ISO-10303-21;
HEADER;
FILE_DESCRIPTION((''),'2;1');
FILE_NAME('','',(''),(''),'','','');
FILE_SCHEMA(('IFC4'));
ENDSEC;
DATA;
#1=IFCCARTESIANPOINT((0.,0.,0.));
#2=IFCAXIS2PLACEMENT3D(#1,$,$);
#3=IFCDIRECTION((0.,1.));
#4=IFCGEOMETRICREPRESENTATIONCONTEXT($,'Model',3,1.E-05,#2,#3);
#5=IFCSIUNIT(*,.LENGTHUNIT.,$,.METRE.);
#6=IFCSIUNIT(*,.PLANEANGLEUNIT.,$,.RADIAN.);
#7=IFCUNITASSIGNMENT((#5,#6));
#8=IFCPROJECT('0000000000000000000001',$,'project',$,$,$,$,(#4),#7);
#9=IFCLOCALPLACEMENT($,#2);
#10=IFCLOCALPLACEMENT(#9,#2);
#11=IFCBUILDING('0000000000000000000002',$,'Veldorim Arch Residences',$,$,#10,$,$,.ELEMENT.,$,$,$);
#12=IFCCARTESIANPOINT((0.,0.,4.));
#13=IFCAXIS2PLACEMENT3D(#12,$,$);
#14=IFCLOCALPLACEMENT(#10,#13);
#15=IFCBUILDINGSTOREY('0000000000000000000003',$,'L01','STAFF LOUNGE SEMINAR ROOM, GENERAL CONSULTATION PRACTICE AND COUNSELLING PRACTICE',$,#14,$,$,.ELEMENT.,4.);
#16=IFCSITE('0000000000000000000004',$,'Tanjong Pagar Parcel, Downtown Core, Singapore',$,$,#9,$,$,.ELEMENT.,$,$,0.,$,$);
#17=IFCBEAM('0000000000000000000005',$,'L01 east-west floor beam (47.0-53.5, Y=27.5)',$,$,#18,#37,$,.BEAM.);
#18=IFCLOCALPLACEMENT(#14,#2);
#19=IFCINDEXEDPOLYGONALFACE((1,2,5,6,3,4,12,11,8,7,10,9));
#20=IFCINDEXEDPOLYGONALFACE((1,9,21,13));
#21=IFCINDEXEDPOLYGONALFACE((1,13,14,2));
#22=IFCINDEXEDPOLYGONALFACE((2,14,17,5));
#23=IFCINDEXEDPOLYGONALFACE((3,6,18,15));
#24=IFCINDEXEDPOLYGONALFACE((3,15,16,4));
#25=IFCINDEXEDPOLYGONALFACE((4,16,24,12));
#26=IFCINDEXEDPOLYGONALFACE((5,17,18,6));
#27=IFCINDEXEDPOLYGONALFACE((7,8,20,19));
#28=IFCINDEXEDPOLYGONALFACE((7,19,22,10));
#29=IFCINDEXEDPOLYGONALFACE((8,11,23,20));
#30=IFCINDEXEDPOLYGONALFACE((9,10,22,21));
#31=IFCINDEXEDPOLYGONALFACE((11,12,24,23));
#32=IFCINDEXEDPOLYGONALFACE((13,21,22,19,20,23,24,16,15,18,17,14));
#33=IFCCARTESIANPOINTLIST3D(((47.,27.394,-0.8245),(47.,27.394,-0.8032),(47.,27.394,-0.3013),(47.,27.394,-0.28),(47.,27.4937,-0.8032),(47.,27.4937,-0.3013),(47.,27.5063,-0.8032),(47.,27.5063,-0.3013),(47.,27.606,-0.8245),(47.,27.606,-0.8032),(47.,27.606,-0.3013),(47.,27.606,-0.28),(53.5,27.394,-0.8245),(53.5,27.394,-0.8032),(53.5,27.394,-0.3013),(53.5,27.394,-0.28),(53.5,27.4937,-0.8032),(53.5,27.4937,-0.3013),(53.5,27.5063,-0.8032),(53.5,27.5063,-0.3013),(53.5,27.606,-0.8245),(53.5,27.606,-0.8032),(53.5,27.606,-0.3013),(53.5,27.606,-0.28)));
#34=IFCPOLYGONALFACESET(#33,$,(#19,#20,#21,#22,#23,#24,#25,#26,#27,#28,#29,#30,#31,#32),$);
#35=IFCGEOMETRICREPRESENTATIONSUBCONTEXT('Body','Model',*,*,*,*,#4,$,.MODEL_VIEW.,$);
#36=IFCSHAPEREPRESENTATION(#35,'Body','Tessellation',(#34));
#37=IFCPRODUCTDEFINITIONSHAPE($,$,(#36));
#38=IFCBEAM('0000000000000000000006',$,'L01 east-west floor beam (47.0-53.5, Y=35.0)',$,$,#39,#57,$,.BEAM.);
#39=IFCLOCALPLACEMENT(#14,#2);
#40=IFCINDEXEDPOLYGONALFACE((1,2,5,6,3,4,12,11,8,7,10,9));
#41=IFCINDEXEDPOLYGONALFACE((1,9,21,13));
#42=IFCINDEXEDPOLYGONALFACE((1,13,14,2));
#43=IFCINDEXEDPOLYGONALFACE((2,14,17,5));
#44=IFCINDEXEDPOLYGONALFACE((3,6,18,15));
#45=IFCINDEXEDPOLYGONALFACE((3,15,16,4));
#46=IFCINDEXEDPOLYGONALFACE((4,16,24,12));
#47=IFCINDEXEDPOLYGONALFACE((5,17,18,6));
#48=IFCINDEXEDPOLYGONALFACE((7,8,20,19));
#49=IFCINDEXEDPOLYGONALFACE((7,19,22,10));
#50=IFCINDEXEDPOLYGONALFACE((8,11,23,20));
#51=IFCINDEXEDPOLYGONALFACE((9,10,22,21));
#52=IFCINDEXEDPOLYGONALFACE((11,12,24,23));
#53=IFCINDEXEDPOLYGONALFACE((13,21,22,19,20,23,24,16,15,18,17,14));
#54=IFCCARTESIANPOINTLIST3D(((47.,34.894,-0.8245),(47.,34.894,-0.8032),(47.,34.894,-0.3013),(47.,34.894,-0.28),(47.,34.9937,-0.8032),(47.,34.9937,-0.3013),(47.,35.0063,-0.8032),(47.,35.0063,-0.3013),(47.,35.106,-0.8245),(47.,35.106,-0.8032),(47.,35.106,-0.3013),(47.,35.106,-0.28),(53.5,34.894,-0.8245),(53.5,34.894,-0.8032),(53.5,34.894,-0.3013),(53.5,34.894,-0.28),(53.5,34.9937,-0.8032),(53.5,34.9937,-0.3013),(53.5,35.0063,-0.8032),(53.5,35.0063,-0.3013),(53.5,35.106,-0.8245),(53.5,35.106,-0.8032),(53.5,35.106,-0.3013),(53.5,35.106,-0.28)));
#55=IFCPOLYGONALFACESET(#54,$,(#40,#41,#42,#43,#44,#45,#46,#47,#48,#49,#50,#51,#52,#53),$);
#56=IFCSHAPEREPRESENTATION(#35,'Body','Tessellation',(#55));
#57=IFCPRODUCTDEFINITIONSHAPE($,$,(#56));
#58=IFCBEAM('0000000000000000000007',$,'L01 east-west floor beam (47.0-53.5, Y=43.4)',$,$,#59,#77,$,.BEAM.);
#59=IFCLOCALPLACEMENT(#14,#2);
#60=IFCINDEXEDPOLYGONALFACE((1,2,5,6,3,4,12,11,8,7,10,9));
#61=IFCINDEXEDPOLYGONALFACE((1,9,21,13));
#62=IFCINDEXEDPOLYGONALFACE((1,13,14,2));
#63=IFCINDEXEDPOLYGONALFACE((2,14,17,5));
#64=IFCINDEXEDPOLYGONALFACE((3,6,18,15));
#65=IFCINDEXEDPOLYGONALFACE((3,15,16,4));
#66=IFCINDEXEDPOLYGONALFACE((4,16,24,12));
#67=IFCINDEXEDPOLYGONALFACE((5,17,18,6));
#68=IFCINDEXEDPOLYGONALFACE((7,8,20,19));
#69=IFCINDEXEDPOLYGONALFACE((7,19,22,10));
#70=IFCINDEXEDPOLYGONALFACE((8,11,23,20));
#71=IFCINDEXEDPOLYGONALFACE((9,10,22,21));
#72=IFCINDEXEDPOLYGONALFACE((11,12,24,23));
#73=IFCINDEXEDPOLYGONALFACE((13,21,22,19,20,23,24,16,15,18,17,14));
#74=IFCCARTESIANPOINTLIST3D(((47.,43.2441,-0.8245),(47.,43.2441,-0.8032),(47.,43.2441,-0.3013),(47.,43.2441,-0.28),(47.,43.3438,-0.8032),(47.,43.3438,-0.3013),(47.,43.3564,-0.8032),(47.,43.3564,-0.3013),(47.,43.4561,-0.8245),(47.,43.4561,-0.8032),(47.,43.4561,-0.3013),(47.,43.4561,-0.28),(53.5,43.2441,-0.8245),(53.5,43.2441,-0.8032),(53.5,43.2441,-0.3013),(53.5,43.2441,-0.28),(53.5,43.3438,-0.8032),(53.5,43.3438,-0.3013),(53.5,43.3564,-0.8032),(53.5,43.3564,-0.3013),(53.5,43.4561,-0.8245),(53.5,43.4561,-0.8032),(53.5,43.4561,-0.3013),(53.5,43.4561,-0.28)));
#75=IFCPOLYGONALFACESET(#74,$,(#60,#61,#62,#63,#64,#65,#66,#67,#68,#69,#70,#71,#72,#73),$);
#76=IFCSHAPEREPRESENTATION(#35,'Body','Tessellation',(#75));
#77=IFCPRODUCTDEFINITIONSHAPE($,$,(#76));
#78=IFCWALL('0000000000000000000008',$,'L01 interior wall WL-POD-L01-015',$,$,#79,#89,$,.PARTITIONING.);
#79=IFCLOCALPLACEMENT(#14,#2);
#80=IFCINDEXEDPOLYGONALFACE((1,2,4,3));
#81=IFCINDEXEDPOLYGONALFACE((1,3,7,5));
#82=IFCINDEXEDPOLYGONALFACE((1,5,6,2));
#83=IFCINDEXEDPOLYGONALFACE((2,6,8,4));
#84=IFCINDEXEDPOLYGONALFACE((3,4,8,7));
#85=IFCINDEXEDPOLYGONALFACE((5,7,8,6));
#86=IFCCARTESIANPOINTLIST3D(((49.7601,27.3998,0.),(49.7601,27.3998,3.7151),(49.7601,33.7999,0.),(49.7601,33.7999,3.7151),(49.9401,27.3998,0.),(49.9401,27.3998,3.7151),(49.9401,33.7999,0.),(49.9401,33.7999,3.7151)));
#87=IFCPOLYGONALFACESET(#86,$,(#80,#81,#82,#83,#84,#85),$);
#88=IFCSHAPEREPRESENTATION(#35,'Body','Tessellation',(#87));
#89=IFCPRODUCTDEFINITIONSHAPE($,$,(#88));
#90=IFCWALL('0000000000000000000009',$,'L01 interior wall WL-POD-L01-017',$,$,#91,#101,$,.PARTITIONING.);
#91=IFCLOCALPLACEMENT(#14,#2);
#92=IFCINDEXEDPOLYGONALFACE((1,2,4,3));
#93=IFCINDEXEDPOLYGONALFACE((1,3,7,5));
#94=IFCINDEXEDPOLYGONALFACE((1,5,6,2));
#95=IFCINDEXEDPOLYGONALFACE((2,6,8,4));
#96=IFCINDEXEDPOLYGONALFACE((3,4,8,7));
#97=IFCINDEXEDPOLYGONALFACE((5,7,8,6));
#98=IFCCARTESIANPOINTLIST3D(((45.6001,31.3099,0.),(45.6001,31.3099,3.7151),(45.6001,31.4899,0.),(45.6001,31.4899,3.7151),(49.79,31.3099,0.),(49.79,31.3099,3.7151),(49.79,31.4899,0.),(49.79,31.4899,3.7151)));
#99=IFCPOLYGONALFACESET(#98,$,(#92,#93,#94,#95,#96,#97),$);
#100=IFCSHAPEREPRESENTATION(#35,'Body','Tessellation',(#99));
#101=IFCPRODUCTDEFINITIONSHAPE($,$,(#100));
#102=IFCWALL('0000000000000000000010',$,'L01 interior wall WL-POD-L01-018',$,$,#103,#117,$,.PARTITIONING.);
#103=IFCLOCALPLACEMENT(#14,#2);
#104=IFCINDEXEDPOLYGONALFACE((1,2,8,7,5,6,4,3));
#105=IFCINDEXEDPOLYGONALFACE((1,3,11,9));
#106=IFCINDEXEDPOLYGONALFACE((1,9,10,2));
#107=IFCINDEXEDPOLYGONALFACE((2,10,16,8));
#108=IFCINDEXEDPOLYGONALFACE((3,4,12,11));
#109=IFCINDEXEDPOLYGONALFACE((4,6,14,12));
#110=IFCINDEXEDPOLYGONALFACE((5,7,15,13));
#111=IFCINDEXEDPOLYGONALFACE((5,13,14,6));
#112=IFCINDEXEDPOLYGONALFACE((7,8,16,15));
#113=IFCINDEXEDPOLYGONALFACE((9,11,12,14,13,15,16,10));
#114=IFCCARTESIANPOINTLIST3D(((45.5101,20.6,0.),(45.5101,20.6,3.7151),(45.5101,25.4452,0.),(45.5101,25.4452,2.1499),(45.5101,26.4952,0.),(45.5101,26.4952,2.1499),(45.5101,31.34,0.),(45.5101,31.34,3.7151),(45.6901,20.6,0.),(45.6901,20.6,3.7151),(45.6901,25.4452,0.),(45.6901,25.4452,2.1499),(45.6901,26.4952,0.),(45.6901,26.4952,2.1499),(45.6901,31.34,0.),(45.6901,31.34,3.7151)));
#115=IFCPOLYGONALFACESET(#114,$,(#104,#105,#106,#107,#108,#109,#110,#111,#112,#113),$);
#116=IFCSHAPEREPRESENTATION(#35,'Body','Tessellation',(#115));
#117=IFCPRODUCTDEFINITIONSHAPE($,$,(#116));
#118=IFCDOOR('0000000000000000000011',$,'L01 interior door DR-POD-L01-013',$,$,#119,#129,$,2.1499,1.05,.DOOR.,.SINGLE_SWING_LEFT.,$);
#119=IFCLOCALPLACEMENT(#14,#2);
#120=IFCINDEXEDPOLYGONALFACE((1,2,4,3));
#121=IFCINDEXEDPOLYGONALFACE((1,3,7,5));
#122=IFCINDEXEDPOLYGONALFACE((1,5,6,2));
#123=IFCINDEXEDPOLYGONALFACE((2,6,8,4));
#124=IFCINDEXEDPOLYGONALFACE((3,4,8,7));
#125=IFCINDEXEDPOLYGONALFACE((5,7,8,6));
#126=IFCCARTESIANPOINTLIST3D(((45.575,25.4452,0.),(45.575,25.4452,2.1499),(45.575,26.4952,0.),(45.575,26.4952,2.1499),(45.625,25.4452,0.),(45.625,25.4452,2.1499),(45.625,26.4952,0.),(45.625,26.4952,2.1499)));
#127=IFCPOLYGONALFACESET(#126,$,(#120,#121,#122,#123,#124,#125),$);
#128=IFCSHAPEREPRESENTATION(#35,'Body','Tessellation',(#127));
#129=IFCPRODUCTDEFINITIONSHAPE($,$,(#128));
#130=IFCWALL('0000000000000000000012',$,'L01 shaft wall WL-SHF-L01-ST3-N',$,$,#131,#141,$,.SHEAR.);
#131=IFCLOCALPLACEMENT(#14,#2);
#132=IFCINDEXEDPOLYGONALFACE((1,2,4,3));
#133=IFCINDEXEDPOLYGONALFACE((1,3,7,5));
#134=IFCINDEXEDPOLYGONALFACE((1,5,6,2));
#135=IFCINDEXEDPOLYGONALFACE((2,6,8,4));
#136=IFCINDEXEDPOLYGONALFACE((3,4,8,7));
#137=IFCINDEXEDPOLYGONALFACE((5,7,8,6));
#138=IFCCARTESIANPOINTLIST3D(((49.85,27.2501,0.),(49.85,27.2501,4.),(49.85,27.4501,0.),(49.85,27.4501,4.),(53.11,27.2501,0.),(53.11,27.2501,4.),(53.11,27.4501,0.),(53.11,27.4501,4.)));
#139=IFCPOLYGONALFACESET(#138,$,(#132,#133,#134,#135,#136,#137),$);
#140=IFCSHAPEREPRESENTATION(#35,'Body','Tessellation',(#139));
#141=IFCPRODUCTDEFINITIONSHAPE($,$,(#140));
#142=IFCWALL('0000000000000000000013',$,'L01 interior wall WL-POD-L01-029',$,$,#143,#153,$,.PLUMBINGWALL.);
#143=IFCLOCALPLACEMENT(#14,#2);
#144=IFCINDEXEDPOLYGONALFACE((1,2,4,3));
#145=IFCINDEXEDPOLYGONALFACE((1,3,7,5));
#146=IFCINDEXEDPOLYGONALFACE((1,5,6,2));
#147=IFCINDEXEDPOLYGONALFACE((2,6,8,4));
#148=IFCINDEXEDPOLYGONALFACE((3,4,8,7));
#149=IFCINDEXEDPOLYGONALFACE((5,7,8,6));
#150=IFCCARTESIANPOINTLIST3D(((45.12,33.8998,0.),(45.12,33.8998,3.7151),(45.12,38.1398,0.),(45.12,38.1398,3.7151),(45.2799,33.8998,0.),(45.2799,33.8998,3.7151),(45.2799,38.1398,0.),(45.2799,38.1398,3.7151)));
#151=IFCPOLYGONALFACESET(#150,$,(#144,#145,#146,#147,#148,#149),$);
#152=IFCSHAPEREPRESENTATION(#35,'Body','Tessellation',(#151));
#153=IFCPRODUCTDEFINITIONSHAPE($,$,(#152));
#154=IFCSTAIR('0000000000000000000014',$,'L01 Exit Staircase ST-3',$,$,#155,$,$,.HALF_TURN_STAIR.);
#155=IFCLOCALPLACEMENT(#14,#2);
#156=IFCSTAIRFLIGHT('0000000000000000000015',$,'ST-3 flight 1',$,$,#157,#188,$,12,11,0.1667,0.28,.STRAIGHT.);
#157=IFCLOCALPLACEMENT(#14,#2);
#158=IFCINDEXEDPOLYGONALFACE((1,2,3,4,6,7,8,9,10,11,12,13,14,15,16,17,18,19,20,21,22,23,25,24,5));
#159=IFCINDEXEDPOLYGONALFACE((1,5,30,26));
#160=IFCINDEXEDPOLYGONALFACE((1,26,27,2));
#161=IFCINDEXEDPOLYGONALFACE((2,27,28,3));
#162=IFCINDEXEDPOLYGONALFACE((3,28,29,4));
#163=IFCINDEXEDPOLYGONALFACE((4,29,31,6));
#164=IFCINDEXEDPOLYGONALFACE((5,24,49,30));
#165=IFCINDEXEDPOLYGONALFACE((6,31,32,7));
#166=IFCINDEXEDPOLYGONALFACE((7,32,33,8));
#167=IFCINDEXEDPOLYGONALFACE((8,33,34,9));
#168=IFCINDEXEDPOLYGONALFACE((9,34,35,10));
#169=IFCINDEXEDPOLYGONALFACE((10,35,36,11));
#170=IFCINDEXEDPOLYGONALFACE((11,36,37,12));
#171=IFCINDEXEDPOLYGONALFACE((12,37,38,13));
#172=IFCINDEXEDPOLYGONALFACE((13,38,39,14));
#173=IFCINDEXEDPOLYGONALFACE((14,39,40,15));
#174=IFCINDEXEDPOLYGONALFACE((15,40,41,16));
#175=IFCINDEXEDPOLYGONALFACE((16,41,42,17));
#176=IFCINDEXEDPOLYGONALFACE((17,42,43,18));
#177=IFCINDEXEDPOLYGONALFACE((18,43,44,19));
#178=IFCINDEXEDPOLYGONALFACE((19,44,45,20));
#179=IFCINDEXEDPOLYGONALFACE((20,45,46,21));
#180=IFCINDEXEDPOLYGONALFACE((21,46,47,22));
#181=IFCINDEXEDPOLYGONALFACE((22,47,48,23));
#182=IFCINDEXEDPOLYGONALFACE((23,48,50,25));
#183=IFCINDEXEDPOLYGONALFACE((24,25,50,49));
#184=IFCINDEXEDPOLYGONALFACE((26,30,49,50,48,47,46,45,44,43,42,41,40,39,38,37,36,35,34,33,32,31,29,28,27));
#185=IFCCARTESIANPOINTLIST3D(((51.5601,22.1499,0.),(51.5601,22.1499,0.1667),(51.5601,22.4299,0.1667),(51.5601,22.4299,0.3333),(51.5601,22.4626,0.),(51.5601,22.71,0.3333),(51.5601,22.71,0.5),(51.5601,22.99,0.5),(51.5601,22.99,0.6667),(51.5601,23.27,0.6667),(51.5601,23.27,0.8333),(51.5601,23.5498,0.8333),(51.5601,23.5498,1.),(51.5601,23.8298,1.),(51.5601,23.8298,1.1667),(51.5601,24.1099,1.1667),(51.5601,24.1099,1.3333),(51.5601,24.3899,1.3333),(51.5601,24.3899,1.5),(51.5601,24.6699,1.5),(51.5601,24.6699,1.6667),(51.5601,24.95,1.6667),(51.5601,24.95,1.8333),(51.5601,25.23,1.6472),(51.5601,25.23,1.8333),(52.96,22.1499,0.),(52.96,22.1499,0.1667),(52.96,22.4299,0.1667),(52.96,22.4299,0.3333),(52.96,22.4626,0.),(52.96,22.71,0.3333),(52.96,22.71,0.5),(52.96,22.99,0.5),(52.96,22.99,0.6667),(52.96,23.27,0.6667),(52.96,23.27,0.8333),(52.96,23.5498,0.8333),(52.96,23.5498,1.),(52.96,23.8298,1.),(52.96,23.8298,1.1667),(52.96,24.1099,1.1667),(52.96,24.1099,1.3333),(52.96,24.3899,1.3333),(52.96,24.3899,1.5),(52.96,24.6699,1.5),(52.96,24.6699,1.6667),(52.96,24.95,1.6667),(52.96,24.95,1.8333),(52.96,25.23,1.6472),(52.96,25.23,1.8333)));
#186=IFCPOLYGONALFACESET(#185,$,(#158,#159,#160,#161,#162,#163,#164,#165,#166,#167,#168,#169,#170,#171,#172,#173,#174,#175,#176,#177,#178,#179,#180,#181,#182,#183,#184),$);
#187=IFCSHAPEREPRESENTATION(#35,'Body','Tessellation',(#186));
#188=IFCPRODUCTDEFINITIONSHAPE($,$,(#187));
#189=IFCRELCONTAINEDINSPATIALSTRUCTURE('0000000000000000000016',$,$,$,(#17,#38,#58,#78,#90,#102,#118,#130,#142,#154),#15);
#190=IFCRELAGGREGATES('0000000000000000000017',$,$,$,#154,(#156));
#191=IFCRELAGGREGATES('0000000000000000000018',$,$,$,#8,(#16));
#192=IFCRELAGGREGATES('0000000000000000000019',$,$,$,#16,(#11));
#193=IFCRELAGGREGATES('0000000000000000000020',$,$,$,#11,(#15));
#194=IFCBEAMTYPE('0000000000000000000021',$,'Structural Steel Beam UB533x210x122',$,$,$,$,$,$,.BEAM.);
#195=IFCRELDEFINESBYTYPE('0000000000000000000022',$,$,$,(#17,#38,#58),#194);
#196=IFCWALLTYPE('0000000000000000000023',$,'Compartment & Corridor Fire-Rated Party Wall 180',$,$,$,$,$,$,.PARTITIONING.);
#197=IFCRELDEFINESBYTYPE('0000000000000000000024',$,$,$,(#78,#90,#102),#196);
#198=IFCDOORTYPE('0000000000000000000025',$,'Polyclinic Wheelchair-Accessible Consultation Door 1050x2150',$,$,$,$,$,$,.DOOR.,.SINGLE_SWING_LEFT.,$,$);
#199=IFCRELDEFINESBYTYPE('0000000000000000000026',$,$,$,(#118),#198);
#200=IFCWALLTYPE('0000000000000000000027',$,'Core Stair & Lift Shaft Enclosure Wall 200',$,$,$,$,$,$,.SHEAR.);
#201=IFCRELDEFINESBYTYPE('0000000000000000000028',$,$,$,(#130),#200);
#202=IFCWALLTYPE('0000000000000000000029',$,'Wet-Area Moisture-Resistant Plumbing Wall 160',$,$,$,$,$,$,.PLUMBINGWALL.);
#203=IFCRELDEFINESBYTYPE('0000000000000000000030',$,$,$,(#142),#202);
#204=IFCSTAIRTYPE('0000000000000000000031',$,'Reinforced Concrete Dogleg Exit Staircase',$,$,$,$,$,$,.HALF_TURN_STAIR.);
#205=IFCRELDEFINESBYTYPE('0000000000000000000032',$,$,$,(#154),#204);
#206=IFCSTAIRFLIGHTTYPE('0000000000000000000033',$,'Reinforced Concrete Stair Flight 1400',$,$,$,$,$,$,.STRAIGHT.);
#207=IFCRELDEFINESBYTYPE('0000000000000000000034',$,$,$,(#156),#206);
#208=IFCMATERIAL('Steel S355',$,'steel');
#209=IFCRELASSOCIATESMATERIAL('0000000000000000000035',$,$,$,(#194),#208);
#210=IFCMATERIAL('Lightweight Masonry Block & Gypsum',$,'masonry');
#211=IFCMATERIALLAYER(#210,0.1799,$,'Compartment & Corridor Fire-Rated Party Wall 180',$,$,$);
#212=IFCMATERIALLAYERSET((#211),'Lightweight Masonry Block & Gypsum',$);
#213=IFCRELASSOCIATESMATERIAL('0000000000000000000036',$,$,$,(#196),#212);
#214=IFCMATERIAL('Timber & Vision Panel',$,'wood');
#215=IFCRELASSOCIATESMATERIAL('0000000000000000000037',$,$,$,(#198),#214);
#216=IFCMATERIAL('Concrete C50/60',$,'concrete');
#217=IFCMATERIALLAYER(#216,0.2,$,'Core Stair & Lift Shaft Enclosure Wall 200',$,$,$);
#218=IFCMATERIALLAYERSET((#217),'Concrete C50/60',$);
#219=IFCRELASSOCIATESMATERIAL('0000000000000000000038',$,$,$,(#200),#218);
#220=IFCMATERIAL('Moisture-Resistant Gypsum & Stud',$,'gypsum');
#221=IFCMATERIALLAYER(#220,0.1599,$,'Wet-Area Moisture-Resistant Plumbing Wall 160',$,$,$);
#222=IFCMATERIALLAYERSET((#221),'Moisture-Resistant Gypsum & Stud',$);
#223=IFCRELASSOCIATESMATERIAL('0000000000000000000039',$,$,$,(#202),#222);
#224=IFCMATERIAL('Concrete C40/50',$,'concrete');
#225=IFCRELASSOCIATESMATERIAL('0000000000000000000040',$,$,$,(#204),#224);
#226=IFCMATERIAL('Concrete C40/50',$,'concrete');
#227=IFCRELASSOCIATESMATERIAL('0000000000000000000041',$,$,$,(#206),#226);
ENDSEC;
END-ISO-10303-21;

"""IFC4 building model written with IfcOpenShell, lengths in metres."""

from ifc_helpers import new_model, si_unit, direction, frame, frame_2d, origin, origin_2d, place, context, subcontext, project, spatial, polyline, rectangle, i_section, outline, extrude, material, layer, layer_set, material_profile, profile_set, type_object, element, fill, aggregate, save


model = new_model("IFC4")

# Units and contexts
model_context = context("Model", 3, precision=1e-05, world=origin(), true_north=direction((0.0, 1.0)))
body_context = subcontext(model_context, "Body", "Model", "MODEL_VIEW")
ifc_project = project(units=[si_unit("LENGTHUNIT", "METRE"), si_unit("PLANEANGLEUNIT", "RADIAN")], contexts=[model_context])

# Site, building, storey
site_placement = place(None, origin())
site = spatial("IfcSite", under=ifc_project, at=site_placement, Name="Tanjong Pagar Parcel, Downtown Core, Singapore", CompositionType="ELEMENT", RefElevation=0.0)
building_placement = place(site_placement, origin())
building = spatial("IfcBuilding", under=site, at=building_placement, Name="Veldorim Arch Residences", CompositionType="ELEMENT")
storey_placement = place(building_placement, frame((0.0, 0.0, 4.0)))
storey = spatial("IfcBuildingStorey", under=building, at=storey_placement, Name="L01", Description="STAFF LOUNGE SEMINAR ROOM, GENERAL CONSULTATION PRACTICE AND COUNSELLING PRACTICE", CompositionType="ELEMENT", Elevation=4.0)

# Beams
ifc_material_1 = material(Name="Steel S355", Category="steel")
ifc_material_profile_1 = material_profile(ifc_material_1, i_section(OverallWidth=0.2119, OverallDepth=0.5444, WebThickness=0.0127, FlangeThickness=0.0212, at=origin_2d()), Name="UB533x210x122")
ifc_profile_set_1 = profile_set([ifc_material_profile_1], Name="Steel S355")
beam_type_1 = type_object("IfcBeamType", Name="Structural Steel Beam UB533x210x122", PredefinedType="BEAM", material=ifc_profile_set_1)
for number, where, z_axis, x_axis, name in (
    (1, (47.0, 27.5, -0.5522), (1.0, 0.0, 0.0), (0.0, 1.0, 0.0), "L01 east-west floor beam (47.0-53.5, Y=27.5)"),
    (2, (47.0, 35.0, -0.5522), (1.0, 0.0, 0.0), (0.0, 1.0, 0.0), "L01 east-west floor beam (47.0-53.5, Y=35.0)"),
    (3, (47.0, 43.3501, -0.5522), (1.0, 0.0, 0.0), (0.0, 1.0, 0.0), "L01 east-west floor beam (47.0-53.5, Y=43.4)"),
):
    element("IfcBeam", number, at=place(storey_placement, frame(where, z_axis=z_axis, x_axis=x_axis)), inside=storey, type_object=beam_type_1, Name=name, PredefinedType="BEAM", context=body_context, shape_type="SweptSolid", body=[
        extrude(i_section(OverallWidth=0.2119, OverallDepth=0.5444, WebThickness=0.0127, FlangeThickness=0.0212, at=origin_2d()), origin(), (0.0, 0.0, 1.0), 6.5),
    ])

# Walls
ifc_material_2 = material(Name="Lightweight Masonry Block & Gypsum", Category="masonry")
ifc_layer_1 = layer(ifc_material_2, 0.1799, Name="Compartment & Corridor Fire-Rated Party Wall 180")
ifc_layer_set_1 = layer_set([ifc_layer_1], Name="Lightweight Masonry Block & Gypsum")
wall_type_1 = type_object("IfcWallType", Name="Compartment & Corridor Fire-Rated Party Wall 180", PredefinedType="PARTITIONING", material=ifc_layer_set_1)
wall_1_placement = place(storey_placement, frame((49.8501, 33.8, 0.0), z_axis=(0.0, 0.0, 1.0), x_axis=(0.0, -1.0, 0.0)))
element("IfcWall", 4, at=wall_1_placement, inside=storey, type_object=wall_type_1, Name="L01 interior wall WL-POD-L01-015", PredefinedType="PARTITIONING", context=body_context, shape_type="SweptSolid", body=[
    extrude(rectangle(XDim=6.4001, YDim=0.1799, at=frame_2d((3.2002, 0.0))), origin(), (0.0, 0.0, 1.0), 3.7151),
])
wall_2_placement = place(storey_placement, frame((49.79, 31.3999, 0.0), z_axis=(0.0, 0.0, 1.0), x_axis=(-1.0, 0.0, 0.0)))
element("IfcWall", 5, at=wall_2_placement, inside=storey, type_object=wall_type_1, Name="L01 interior wall WL-POD-L01-017", PredefinedType="PARTITIONING", context=body_context, shape_type="SweptSolid", body=[
    extrude(rectangle(XDim=4.1899, YDim=0.1799, at=frame_2d((2.095, 0.0))), origin(), (0.0, 0.0, 1.0), 3.7151),
])

# Wall, opening, door
wall_3_placement = place(storey_placement, frame((45.6001, 31.3401, 0.0), z_axis=(0.0, 0.0, 1.0), x_axis=(0.0, -1.0, 0.0)))
wall_3 = element("IfcWall", 6, at=wall_3_placement, inside=storey, type_object=wall_type_1, Name="L01 interior wall WL-POD-L01-018", PredefinedType="PARTITIONING", context=body_context, shape_type="SweptSolid", body=[
    extrude(rectangle(XDim=10.74, YDim=0.1799, at=frame_2d((5.3701, 0.0))), origin(), (0.0, 0.0, 1.0), 3.7151),
])
opening_placement = place(wall_3_placement, frame((4.845, 0.0, 0.0)))
opening = element("IfcOpeningElement", 7, at=opening_placement, cuts=wall_3, PredefinedType="OPENING", context=body_context, shape_type="SweptSolid", body=[
    extrude(rectangle(XDim=1.05, YDim=2.1499, at=frame_2d((0.5249, 1.075))), frame((0.0, 0.0999, 0.0), z_axis=(0.0, -1.0, 0.0), x_axis=(1.0, 0.0, 0.0)), (0.0, 0.0, 1.0), 0.2),
])
ifc_material_3 = material(Name="Timber & Vision Panel", Category="wood")
door_type = type_object("IfcDoorType", Name="Polyclinic Wheelchair-Accessible Consultation Door 1050x2150", OperationType="SINGLE_SWING_LEFT", PredefinedType="DOOR", material=ifc_material_3)
door_placement = place(opening_placement, origin())
door = element("IfcDoor", 8, at=door_placement, inside=storey, type_object=door_type, Name="L01 interior door DR-POD-L01-013", OperationType="SINGLE_SWING_LEFT", OverallHeight=2.1499, OverallWidth=1.05, PredefinedType="DOOR", context=body_context, shape_type="SweptSolid", body=[
    extrude(rectangle(XDim=1.05, YDim=2.1499, at=frame_2d((0.5249, 1.075))), frame((0.0, 0.0249, 0.0), z_axis=(0.0, -1.0, 0.0), x_axis=(1.0, 0.0, 0.0)), (0.0, 0.0, 1.0), 0.05),
])
fill(opening, door)

# Walls
ifc_material_4 = material(Name="Concrete C50/60", Category="concrete")
ifc_layer_2 = layer(ifc_material_4, 0.2, Name="Core Stair & Lift Shaft Enclosure Wall 200")
ifc_layer_set_2 = layer_set([ifc_layer_2], Name="Concrete C50/60")
wall_type_2 = type_object("IfcWallType", Name="Core Stair & Lift Shaft Enclosure Wall 200", PredefinedType="SHEAR", material=ifc_layer_set_2)
wall_4_placement = place(storey_placement, frame((49.8501, 27.3501, 0.0), z_axis=(0.0, 0.0, 1.0), x_axis=(1.0, 0.0, 0.0)))
element("IfcWall", 9, at=wall_4_placement, inside=storey, type_object=wall_type_2, Name="L01 shaft wall WL-SHF-L01-ST3-N", PredefinedType="SHEAR", context=body_context, shape_type="SweptSolid", body=[
    extrude(rectangle(XDim=3.26, YDim=0.2, at=frame_2d((1.6299, 0.0))), origin(), (0.0, 0.0, 1.0), 4.0),
])
ifc_material_5 = material(Name="Moisture-Resistant Gypsum & Stud", Category="gypsum")
ifc_layer_3 = layer(ifc_material_5, 0.1599, Name="Wet-Area Moisture-Resistant Plumbing Wall 160")
ifc_layer_set_3 = layer_set([ifc_layer_3], Name="Moisture-Resistant Gypsum & Stud")
wall_type_3 = type_object("IfcWallType", Name="Wet-Area Moisture-Resistant Plumbing Wall 160", PredefinedType="PLUMBINGWALL", material=ifc_layer_set_3)
wall_5_placement = place(storey_placement, frame((45.2, 38.1399, 0.0), z_axis=(0.0, 0.0, 1.0), x_axis=(0.0, -1.0, 0.0)))
element("IfcWall", 10, at=wall_5_placement, inside=storey, type_object=wall_type_3, Name="L01 interior wall WL-POD-L01-029", PredefinedType="PLUMBINGWALL", context=body_context, shape_type="SweptSolid", body=[
    extrude(rectangle(XDim=4.24, YDim=0.1599, at=frame_2d((2.1201, 0.0))), origin(), (0.0, 0.0, 1.0), 3.7151),
])

# Stair, stair flight
ifc_material_6 = material(Name="Concrete C40/50", Category="concrete")
stair_type = type_object("IfcStairType", Name="Reinforced Concrete Dogleg Exit Staircase", PredefinedType="HALF_TURN_STAIR", material=ifc_material_6)
stair_placement = place(storey_placement, origin())
stair = element("IfcStair", 11, at=stair_placement, inside=storey, type_object=stair_type, Name="L01 Exit Staircase ST-3", PredefinedType="HALF_TURN_STAIR")
ifc_material_7 = material(Name="Concrete C40/50", Category="concrete")
stair_flight_type = type_object("IfcStairFlightType", Name="Reinforced Concrete Stair Flight 1400", PredefinedType="STRAIGHT", material=ifc_material_7)
stair_flight_1_placement = place(storey_placement, frame((52.26, 22.1499, 0.0), z_axis=(0.0, 0.0, 1.0), x_axis=(0.0, 1.0, 0.0)))
stair_flight_1 = element("IfcStairFlight", 12, at=stair_flight_1_placement, type_object=stair_flight_type, Name="ST-3 flight 1", NumberOfRisers=12, NumberOfTreads=11, PredefinedType="STRAIGHT", RiserHeight=0.1667, TreadLength=0.28, context=body_context, shape_type="SweptSolid", body=[
    extrude(outline(polyline([(0.0, 0.0), (0.0, 0.1667), (0.28, 0.1667), (0.28, 0.3333), (0.5601, 0.3333), (0.5601, 0.5), (0.8401, 0.5), (0.8401, 0.6667), (1.1201, 0.6667), (1.1201, 0.8333), (1.3999, 0.8333), (1.3999, 1.0), (1.6799, 1.0), (1.6799, 1.1667), (1.96, 1.1667), (1.96, 1.3333), (2.24, 1.3333), (2.24, 1.5), (2.52, 1.5), (2.52, 1.6667), (2.8, 1.6667), (2.8, 1.8333), (3.0801, 1.8333), (3.0801, 2.0), (3.0801, 1.6472), (0.3127, 0.0), (0.0, 0.0)])), frame((0.0, 0.7, 0.0), z_axis=(0.0, -1.0, 0.0), x_axis=(1.0, 0.0, 0.0)), (0.0, 0.0, 1.0), 1.3999),
])
aggregate(stair, [stair_flight_1])

save(model, "model.ifc")
